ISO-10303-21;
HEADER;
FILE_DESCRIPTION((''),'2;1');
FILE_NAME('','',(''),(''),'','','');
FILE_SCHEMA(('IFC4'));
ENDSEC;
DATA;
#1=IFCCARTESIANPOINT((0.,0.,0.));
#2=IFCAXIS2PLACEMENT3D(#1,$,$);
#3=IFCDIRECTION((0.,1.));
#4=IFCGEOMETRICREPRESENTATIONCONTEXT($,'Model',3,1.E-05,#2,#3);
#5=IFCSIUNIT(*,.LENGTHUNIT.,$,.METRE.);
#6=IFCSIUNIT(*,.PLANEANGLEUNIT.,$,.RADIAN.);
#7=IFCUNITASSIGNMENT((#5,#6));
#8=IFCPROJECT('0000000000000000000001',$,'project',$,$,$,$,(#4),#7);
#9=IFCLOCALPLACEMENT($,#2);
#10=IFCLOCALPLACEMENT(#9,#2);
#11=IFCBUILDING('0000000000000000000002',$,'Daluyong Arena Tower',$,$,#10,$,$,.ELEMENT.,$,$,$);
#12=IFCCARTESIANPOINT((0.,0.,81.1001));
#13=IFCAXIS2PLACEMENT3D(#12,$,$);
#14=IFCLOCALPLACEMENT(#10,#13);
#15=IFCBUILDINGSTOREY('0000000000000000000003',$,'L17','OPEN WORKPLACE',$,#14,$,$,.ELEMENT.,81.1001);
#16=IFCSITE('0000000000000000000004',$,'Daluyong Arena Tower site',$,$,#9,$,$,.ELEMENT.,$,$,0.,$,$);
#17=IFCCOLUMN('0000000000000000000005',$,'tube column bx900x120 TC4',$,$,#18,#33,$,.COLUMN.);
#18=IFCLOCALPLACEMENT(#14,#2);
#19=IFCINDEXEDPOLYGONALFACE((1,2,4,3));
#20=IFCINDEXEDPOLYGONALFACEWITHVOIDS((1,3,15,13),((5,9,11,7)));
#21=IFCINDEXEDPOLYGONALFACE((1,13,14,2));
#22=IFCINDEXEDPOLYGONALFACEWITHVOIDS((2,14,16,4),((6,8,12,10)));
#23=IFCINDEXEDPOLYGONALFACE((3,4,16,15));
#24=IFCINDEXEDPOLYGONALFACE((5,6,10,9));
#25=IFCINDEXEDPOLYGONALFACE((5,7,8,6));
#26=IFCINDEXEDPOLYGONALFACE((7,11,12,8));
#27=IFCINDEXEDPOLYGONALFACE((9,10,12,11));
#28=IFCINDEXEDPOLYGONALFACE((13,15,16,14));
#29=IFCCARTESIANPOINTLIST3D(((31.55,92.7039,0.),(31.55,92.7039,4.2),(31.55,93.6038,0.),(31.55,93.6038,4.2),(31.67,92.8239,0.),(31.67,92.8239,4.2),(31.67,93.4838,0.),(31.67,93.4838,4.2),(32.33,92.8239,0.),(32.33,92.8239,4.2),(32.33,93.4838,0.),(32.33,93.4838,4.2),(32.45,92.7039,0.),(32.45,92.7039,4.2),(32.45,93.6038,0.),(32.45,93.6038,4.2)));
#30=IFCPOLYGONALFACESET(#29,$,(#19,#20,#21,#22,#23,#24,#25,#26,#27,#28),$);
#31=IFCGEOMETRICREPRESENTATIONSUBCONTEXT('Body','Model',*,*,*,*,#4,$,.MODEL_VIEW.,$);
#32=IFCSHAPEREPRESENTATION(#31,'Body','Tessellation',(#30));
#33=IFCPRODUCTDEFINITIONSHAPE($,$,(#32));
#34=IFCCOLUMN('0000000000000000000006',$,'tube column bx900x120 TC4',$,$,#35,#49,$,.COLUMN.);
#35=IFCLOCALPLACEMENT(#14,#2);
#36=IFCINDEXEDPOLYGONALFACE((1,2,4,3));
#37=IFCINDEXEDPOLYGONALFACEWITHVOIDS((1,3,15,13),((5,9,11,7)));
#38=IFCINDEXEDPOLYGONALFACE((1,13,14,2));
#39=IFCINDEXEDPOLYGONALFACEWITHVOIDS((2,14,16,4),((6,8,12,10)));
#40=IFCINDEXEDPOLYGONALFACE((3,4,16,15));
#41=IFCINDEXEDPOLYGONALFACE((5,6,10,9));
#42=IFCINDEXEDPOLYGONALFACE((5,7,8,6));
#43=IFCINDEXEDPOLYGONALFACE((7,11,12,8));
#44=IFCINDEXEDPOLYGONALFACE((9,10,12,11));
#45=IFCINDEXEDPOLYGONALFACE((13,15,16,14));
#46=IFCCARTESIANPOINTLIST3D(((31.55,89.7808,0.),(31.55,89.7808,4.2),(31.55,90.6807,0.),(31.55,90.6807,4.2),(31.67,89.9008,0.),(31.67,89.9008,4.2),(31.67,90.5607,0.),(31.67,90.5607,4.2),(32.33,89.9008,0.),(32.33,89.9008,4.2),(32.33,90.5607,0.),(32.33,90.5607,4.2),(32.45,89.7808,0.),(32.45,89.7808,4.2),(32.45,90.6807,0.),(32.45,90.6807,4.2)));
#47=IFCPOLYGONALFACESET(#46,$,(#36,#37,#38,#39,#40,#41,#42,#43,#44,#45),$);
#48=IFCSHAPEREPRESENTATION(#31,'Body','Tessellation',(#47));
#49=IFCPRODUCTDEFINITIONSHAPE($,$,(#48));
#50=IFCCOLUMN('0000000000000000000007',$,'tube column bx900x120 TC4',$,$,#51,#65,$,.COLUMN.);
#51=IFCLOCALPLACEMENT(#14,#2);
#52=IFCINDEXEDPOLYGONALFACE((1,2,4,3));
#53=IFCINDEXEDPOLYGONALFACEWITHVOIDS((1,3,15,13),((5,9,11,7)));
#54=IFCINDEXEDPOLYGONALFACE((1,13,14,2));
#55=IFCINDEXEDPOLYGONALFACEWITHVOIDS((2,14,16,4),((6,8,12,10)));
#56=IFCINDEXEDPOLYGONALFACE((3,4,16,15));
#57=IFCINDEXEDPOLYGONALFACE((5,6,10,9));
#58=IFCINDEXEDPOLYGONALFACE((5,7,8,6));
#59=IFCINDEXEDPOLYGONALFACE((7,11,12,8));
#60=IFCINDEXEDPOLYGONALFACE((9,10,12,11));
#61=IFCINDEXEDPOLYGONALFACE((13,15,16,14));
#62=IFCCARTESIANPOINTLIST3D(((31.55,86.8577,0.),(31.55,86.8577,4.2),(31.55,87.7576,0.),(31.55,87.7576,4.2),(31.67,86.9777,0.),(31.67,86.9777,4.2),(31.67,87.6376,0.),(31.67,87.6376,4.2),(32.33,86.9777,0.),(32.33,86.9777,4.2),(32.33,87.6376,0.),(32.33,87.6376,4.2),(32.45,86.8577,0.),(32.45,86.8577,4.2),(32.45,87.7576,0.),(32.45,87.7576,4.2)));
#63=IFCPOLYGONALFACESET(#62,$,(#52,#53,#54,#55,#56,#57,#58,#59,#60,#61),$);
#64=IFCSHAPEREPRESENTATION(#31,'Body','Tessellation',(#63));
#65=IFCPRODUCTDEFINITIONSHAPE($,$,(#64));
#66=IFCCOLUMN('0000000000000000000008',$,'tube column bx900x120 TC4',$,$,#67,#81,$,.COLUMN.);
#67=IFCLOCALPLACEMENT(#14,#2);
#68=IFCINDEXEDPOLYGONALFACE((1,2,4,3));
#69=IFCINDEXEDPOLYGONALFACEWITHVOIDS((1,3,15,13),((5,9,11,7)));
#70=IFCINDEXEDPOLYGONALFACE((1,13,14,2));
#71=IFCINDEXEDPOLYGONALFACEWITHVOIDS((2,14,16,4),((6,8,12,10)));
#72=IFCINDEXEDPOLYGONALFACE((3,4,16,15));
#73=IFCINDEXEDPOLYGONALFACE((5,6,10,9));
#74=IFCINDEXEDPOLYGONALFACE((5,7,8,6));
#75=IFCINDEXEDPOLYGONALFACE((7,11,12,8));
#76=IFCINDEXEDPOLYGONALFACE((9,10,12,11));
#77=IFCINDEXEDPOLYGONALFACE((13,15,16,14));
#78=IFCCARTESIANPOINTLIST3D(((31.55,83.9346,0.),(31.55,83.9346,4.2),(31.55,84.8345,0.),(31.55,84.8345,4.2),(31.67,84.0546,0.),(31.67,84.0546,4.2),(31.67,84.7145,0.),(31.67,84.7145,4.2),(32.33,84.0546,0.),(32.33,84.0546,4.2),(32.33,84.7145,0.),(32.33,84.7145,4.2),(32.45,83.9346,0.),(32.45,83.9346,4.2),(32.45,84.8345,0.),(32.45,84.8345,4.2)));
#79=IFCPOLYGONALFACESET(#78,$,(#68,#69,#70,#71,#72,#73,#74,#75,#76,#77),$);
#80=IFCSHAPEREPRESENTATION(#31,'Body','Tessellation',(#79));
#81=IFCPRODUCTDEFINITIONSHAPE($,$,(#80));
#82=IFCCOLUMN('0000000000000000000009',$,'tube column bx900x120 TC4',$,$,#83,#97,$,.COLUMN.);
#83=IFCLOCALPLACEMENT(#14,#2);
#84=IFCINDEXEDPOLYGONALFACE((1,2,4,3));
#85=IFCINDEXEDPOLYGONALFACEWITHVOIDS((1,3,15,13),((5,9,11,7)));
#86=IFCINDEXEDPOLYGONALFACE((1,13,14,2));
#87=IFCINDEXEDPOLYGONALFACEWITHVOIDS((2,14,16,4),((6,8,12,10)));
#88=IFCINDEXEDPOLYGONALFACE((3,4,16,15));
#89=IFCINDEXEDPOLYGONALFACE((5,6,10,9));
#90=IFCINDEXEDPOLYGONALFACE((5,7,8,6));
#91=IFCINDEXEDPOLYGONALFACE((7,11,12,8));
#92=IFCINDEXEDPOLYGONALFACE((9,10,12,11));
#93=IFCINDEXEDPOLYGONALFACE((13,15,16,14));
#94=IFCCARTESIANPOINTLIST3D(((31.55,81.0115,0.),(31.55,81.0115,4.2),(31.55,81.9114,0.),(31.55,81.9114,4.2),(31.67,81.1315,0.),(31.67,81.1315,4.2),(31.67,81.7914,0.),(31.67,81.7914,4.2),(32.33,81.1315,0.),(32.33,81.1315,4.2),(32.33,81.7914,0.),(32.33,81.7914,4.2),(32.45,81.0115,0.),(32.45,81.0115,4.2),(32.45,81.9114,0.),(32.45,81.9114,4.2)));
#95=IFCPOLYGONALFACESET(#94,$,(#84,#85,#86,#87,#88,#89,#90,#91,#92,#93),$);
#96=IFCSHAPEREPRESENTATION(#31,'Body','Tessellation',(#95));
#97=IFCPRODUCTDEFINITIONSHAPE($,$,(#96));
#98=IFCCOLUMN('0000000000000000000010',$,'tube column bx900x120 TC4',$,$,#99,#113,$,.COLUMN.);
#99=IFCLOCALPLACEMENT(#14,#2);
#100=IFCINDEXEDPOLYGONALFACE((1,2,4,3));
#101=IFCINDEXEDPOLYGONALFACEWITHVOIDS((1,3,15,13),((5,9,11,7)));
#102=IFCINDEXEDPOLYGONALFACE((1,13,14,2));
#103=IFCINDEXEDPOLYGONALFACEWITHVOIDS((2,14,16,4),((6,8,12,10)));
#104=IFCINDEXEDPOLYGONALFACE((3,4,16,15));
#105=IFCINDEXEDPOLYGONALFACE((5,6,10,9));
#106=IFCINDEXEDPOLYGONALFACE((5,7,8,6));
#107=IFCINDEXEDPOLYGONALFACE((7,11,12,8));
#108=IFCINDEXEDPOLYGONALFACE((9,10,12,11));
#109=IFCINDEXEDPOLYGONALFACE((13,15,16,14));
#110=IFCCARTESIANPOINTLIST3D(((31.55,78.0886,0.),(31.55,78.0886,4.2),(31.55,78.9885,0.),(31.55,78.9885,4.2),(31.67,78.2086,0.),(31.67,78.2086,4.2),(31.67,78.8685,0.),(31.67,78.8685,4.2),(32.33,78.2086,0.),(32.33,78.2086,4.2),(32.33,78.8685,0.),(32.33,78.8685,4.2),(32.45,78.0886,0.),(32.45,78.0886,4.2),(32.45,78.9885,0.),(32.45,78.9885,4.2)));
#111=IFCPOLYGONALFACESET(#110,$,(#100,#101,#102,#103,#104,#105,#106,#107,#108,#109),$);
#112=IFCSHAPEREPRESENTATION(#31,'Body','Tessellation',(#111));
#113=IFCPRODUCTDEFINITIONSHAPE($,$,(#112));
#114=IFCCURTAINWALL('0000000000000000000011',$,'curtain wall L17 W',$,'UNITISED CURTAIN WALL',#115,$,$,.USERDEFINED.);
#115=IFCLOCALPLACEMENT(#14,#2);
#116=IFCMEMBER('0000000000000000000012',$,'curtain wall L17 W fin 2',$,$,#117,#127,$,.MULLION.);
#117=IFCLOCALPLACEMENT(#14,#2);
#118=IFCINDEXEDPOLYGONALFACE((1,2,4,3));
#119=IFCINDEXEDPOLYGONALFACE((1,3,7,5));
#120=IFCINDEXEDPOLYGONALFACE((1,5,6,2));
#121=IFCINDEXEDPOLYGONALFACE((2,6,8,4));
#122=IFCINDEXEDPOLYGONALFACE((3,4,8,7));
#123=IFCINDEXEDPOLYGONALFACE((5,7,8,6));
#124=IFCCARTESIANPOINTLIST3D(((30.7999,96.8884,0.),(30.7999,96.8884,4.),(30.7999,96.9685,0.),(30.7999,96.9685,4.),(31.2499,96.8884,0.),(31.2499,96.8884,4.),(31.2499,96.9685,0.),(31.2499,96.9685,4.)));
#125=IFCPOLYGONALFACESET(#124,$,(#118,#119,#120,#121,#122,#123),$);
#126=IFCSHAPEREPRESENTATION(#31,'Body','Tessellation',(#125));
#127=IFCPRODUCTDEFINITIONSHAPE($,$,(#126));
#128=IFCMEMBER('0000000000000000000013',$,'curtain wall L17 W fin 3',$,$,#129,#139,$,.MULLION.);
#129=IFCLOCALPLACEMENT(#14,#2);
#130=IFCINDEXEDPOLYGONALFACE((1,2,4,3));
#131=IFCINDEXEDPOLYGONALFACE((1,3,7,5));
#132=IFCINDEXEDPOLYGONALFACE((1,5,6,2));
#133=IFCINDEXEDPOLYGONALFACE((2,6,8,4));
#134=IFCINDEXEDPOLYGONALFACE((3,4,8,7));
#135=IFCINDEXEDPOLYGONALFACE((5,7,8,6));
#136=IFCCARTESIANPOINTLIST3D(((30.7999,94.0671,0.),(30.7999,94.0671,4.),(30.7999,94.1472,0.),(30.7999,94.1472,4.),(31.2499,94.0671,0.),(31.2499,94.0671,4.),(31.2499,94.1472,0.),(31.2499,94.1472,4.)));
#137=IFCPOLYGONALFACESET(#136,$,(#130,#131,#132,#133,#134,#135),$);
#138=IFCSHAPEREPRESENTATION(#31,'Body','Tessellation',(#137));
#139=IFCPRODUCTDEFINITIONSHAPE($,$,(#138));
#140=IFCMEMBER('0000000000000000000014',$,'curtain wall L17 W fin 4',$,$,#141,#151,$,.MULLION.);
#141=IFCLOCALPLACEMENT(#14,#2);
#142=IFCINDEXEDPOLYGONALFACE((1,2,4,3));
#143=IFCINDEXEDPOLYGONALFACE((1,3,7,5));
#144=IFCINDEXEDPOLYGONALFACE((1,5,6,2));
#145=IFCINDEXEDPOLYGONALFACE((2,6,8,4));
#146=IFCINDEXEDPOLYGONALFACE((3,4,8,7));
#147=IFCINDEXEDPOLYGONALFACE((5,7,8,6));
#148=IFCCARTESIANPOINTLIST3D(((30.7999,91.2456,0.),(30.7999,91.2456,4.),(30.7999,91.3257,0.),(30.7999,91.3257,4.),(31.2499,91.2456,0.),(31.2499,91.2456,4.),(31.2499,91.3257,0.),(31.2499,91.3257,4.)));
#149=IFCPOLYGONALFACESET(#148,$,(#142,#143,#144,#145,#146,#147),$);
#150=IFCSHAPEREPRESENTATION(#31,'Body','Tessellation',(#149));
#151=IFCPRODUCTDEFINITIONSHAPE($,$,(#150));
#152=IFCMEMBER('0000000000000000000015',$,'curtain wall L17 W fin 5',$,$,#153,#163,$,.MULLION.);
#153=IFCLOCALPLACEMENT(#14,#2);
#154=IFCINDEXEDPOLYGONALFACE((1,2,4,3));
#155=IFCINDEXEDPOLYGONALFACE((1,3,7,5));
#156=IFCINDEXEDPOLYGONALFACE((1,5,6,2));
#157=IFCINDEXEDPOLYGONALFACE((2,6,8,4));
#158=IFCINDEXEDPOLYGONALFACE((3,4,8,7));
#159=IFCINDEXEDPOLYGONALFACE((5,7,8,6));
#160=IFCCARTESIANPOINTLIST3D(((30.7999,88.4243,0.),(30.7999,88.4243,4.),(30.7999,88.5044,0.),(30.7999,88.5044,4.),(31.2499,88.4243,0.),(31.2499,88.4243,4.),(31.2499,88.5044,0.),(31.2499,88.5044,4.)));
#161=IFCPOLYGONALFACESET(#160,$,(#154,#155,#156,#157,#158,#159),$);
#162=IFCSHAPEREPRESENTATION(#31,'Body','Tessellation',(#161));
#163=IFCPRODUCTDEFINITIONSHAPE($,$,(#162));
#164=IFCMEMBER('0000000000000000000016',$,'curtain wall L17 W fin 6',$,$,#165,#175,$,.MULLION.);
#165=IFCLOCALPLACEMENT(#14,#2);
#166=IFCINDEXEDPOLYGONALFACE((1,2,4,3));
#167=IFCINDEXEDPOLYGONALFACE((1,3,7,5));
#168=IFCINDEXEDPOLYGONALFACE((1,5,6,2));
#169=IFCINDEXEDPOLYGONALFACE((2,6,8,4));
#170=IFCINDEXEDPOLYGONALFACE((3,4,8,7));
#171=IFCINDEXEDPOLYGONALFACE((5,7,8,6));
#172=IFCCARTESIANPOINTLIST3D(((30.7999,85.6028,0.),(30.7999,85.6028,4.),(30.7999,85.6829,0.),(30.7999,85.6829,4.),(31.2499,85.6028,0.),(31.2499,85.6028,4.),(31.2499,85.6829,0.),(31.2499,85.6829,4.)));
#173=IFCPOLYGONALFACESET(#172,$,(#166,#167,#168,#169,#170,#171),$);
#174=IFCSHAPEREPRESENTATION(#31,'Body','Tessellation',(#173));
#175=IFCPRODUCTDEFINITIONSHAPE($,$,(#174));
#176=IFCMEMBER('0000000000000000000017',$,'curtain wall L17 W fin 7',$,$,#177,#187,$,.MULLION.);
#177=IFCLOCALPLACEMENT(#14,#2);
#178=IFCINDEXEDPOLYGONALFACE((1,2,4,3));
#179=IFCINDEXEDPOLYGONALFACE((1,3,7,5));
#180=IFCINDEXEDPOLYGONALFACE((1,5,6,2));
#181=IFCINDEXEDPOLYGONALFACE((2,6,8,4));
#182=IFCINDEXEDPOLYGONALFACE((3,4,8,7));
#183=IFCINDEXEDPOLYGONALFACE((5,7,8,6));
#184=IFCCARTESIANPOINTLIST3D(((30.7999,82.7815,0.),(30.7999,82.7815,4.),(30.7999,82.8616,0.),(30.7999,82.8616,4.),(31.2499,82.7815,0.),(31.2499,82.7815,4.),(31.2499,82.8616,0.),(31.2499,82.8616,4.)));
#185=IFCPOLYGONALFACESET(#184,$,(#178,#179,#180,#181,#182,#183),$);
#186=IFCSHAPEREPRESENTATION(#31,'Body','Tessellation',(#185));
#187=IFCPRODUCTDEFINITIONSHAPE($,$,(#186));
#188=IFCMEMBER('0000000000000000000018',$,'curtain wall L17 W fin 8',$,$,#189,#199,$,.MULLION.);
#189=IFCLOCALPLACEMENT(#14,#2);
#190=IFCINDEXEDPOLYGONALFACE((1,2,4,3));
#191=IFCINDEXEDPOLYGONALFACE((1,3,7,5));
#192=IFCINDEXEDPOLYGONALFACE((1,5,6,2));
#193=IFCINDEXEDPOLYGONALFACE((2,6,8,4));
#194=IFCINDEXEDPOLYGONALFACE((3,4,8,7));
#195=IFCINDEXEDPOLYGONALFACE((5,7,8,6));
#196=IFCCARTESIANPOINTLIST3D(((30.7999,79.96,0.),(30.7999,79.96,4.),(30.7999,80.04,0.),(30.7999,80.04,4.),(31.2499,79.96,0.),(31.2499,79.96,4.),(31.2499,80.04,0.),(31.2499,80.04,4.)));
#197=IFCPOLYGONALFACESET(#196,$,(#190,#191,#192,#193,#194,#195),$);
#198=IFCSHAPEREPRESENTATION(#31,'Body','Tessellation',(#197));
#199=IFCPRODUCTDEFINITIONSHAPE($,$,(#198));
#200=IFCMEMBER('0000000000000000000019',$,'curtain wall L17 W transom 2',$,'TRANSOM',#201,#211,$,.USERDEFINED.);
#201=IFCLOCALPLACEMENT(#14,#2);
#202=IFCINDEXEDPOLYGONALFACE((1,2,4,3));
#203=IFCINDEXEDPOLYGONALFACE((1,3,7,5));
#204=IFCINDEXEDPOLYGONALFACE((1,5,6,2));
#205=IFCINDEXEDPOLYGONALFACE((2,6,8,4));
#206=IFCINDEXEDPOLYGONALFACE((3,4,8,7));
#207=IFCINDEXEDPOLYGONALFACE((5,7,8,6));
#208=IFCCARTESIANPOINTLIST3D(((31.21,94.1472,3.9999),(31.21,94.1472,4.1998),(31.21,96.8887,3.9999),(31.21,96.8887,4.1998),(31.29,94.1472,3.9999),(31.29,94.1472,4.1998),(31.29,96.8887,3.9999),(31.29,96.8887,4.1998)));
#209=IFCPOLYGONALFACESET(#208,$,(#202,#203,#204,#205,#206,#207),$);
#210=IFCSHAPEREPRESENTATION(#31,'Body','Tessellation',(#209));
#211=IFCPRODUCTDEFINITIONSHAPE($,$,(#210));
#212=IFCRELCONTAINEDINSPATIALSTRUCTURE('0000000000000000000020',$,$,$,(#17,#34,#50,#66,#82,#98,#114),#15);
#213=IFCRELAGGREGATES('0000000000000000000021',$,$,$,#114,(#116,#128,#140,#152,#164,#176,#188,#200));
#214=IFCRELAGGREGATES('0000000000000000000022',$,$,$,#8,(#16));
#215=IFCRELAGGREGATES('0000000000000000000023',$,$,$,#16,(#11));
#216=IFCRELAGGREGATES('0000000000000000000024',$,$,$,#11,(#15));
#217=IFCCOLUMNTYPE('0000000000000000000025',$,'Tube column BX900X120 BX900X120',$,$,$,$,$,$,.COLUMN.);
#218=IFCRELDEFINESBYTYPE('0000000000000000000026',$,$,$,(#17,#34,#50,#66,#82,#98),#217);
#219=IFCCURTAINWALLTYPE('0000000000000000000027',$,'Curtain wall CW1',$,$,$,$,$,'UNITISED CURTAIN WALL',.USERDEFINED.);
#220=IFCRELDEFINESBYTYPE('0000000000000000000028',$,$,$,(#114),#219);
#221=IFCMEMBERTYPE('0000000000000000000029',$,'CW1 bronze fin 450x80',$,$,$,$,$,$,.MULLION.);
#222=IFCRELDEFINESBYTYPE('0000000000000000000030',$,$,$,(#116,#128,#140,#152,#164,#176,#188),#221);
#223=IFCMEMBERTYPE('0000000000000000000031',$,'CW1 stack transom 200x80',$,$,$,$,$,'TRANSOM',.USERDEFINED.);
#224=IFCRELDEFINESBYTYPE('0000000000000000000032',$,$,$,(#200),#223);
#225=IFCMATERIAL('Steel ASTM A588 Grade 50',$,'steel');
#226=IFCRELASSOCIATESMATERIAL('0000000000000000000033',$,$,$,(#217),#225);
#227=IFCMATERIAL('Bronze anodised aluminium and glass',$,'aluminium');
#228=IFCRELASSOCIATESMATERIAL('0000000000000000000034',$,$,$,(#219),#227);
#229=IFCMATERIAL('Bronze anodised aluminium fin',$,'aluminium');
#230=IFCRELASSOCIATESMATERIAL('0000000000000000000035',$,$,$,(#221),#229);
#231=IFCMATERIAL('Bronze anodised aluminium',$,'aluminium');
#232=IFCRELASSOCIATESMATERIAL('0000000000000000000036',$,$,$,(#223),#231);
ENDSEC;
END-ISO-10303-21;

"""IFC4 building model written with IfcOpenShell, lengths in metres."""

from ifc_helpers import new_model, si_unit, direction, frame, origin, origin_2d, place, context, subcontext, project, spatial, rectangle, hollow_rectangle, extrude, material, material_profile, profile_set, type_object, element, aggregate, save


model = new_model("IFC4")

# Units and contexts
model_context = context("Model", 3, precision=1e-05, world=origin(), true_north=direction((0.0, 1.0)))
body_context = subcontext(model_context, "Body", "Model", "MODEL_VIEW")
ifc_project = project(units=[si_unit("LENGTHUNIT", "METRE"), si_unit("PLANEANGLEUNIT", "RADIAN")], contexts=[model_context])

# Site, building, storey
site_placement = place(None, origin())
site = spatial("IfcSite", under=ifc_project, at=site_placement, Name="Daluyong Arena Tower site", CompositionType="ELEMENT", RefElevation=0.0)
building_placement = place(site_placement, origin())
building = spatial("IfcBuilding", under=site, at=building_placement, Name="Daluyong Arena Tower", CompositionType="ELEMENT")
storey_placement = place(building_placement, frame((0.0, 0.0, 81.1001)))
storey = spatial("IfcBuildingStorey", under=building, at=storey_placement, Name="L17", Description="OPEN WORKPLACE", CompositionType="ELEMENT", Elevation=81.1001)

# Columns
ifc_material_1 = material(Name="Steel ASTM A588 Grade 50", Category="steel")
ifc_material_profile_1 = material_profile(ifc_material_1, hollow_rectangle(XDim=0.8999, YDim=0.8999, WallThickness=0.12, at=origin_2d()))
ifc_profile_set_1 = profile_set([ifc_material_profile_1], Name="Steel ASTM A588 Grade 50")
column_type = type_object("IfcColumnType", Name="Tube column BX900X120 BX900X120", PredefinedType="COLUMN", material=ifc_profile_set_1)
for number, where, z_axis, x_axis, name in (
    (1, (32.0, 93.1538, 0.0), (0.0, 0.0, 1.0), (0.0, 1.0, 0.0), "tube column bx900x120 TC4"),
    (2, (32.0, 90.2307, 0.0), (0.0, 0.0, 1.0), (0.0, 1.0, 0.0), "tube column bx900x120 TC4"),
    (3, (32.0, 87.3076, 0.0), (0.0, 0.0, 1.0), (0.0, 1.0, 0.0), "tube column bx900x120 TC4"),
    (4, (32.0, 84.3845, 0.0), (0.0, 0.0, 1.0), (0.0, 1.0, 0.0), "tube column bx900x120 TC4"),
    (5, (32.0, 81.4614, 0.0), (0.0, 0.0, 1.0), (0.0, 1.0, 0.0), "tube column bx900x120 TC4"),
    (6, (32.0, 78.5386, 0.0), (0.0, 0.0, 1.0), (0.0, 1.0, 0.0), "tube column bx900x120 TC4"),
):
    element("IfcColumn", number, at=place(storey_placement, frame(where, z_axis=z_axis, x_axis=x_axis)), inside=storey, type_object=column_type, Name=name, PredefinedType="COLUMN", context=body_context, shape_type="SweptSolid", body=[
        extrude(hollow_rectangle(XDim=0.8999, YDim=0.8999, WallThickness=0.12, at=origin_2d()), origin(), (0.0, 0.0, 1.0), 4.2),
    ])

# Curtain wall, members
ifc_material_2 = material(Name="Bronze anodised aluminium and glass", Category="aluminium")
curtain_wall_type = type_object("IfcCurtainWallType", Name="Curtain wall CW1", ElementType="UNITISED CURTAIN WALL", PredefinedType="USERDEFINED", material=ifc_material_2)
curtain_wall_placement = place(storey_placement, origin())
curtain_wall = element("IfcCurtainWall", 7, at=curtain_wall_placement, inside=storey, type_object=curtain_wall_type, Name="curtain wall L17 W", ObjectType="UNITISED CURTAIN WALL", PredefinedType="USERDEFINED")
ifc_material_3 = material(Name="Bronze anodised aluminium fin", Category="aluminium")
ifc_material_profile_2 = material_profile(ifc_material_3, rectangle(XDim=0.45, YDim=0.0801, at=origin_2d()))
ifc_profile_set_2 = profile_set([ifc_material_profile_2], Name="Bronze anodised aluminium fin")
member_type_1 = type_object("IfcMemberType", Name="CW1 bronze fin 450x80", PredefinedType="MULLION", material=ifc_profile_set_2)
member_1_placement = place(storey_placement, frame((31.0249, 96.9285, 0.0), z_axis=(0.0, 0.0, 1.0), x_axis=(1.0, 0.0, 0.0)))
member_1 = element("IfcMember", 8, at=member_1_placement, type_object=member_type_1, Name="curtain wall L17 W fin 2", PredefinedType="MULLION", context=body_context, shape_type="SweptSolid", body=[
    extrude(rectangle(XDim=0.45, YDim=0.0801, at=origin_2d()), origin(), (0.0, 0.0, 1.0), 4.0),
])
member_2_placement = place(storey_placement, frame((31.0249, 94.1072, 0.0), z_axis=(0.0, 0.0, 1.0), x_axis=(1.0, 0.0, 0.0)))
member_2 = element("IfcMember", 9, at=member_2_placement, type_object=member_type_1, Name="curtain wall L17 W fin 3", PredefinedType="MULLION", context=body_context, shape_type="SweptSolid", body=[
    extrude(rectangle(XDim=0.45, YDim=0.0801, at=origin_2d()), origin(), (0.0, 0.0, 1.0), 4.0),
])
member_3_placement = place(storey_placement, frame((31.0249, 91.2856, 0.0), z_axis=(0.0, 0.0, 1.0), x_axis=(1.0, 0.0, 0.0)))
member_3 = element("IfcMember", 10, at=member_3_placement, type_object=member_type_1, Name="curtain wall L17 W fin 4", PredefinedType="MULLION", context=body_context, shape_type="SweptSolid", body=[
    extrude(rectangle(XDim=0.45, YDim=0.0801, at=origin_2d()), origin(), (0.0, 0.0, 1.0), 4.0),
])
member_4_placement = place(storey_placement, frame((31.0249, 88.4644, 0.0), z_axis=(0.0, 0.0, 1.0), x_axis=(1.0, 0.0, 0.0)))
member_4 = element("IfcMember", 11, at=member_4_placement, type_object=member_type_1, Name="curtain wall L17 W fin 5", PredefinedType="MULLION", context=body_context, shape_type="SweptSolid", body=[
    extrude(rectangle(XDim=0.45, YDim=0.0801, at=origin_2d()), origin(), (0.0, 0.0, 1.0), 4.0),
])
member_5_placement = place(storey_placement, frame((31.0249, 85.6428, 0.0), z_axis=(0.0, 0.0, 1.0), x_axis=(1.0, 0.0, 0.0)))
member_5 = element("IfcMember", 12, at=member_5_placement, type_object=member_type_1, Name="curtain wall L17 W fin 6", PredefinedType="MULLION", context=body_context, shape_type="SweptSolid", body=[
    extrude(rectangle(XDim=0.45, YDim=0.0801, at=origin_2d()), origin(), (0.0, 0.0, 1.0), 4.0),
])
member_6_placement = place(storey_placement, frame((31.0249, 82.8215, 0.0), z_axis=(0.0, 0.0, 1.0), x_axis=(1.0, 0.0, 0.0)))
member_6 = element("IfcMember", 13, at=member_6_placement, type_object=member_type_1, Name="curtain wall L17 W fin 7", PredefinedType="MULLION", context=body_context, shape_type="SweptSolid", body=[
    extrude(rectangle(XDim=0.45, YDim=0.0801, at=origin_2d()), origin(), (0.0, 0.0, 1.0), 4.0),
])
member_7_placement = place(storey_placement, frame((31.0249, 80.0, 0.0), z_axis=(0.0, 0.0, 1.0), x_axis=(1.0, 0.0, 0.0)))
member_7 = element("IfcMember", 14, at=member_7_placement, type_object=member_type_1, Name="curtain wall L17 W fin 8", PredefinedType="MULLION", context=body_context, shape_type="SweptSolid", body=[
    extrude(rectangle(XDim=0.45, YDim=0.0801, at=origin_2d()), origin(), (0.0, 0.0, 1.0), 4.0),
])
ifc_material_4 = material(Name="Bronze anodised aluminium", Category="aluminium")
ifc_material_profile_3 = material_profile(ifc_material_4, rectangle(XDim=0.0801, YDim=0.2, at=origin_2d()))
ifc_profile_set_3 = profile_set([ifc_material_profile_3], Name="Bronze anodised aluminium")
member_type_2 = type_object("IfcMemberType", Name="CW1 stack transom 200x80", ElementType="TRANSOM", PredefinedType="USERDEFINED", material=ifc_profile_set_3)
member_8_placement = place(storey_placement, frame((31.25, 96.8887, 4.0999), z_axis=(0.0, -1.0, 0.0), x_axis=(1.0, 0.0, 0.0)))
member_8 = element("IfcMember", 15, at=member_8_placement, type_object=member_type_2, Name="curtain wall L17 W transom 2", ObjectType="TRANSOM", PredefinedType="USERDEFINED", context=body_context, shape_type="SweptSolid", body=[
    extrude(rectangle(XDim=0.0801, YDim=0.2, at=origin_2d()), origin(), (0.0, 0.0, 1.0), 2.7415),
])

aggregate(curtain_wall, [member_1, member_2, member_3, member_4, member_5, member_6, member_7, member_8])

save(model, "model.ifc")
